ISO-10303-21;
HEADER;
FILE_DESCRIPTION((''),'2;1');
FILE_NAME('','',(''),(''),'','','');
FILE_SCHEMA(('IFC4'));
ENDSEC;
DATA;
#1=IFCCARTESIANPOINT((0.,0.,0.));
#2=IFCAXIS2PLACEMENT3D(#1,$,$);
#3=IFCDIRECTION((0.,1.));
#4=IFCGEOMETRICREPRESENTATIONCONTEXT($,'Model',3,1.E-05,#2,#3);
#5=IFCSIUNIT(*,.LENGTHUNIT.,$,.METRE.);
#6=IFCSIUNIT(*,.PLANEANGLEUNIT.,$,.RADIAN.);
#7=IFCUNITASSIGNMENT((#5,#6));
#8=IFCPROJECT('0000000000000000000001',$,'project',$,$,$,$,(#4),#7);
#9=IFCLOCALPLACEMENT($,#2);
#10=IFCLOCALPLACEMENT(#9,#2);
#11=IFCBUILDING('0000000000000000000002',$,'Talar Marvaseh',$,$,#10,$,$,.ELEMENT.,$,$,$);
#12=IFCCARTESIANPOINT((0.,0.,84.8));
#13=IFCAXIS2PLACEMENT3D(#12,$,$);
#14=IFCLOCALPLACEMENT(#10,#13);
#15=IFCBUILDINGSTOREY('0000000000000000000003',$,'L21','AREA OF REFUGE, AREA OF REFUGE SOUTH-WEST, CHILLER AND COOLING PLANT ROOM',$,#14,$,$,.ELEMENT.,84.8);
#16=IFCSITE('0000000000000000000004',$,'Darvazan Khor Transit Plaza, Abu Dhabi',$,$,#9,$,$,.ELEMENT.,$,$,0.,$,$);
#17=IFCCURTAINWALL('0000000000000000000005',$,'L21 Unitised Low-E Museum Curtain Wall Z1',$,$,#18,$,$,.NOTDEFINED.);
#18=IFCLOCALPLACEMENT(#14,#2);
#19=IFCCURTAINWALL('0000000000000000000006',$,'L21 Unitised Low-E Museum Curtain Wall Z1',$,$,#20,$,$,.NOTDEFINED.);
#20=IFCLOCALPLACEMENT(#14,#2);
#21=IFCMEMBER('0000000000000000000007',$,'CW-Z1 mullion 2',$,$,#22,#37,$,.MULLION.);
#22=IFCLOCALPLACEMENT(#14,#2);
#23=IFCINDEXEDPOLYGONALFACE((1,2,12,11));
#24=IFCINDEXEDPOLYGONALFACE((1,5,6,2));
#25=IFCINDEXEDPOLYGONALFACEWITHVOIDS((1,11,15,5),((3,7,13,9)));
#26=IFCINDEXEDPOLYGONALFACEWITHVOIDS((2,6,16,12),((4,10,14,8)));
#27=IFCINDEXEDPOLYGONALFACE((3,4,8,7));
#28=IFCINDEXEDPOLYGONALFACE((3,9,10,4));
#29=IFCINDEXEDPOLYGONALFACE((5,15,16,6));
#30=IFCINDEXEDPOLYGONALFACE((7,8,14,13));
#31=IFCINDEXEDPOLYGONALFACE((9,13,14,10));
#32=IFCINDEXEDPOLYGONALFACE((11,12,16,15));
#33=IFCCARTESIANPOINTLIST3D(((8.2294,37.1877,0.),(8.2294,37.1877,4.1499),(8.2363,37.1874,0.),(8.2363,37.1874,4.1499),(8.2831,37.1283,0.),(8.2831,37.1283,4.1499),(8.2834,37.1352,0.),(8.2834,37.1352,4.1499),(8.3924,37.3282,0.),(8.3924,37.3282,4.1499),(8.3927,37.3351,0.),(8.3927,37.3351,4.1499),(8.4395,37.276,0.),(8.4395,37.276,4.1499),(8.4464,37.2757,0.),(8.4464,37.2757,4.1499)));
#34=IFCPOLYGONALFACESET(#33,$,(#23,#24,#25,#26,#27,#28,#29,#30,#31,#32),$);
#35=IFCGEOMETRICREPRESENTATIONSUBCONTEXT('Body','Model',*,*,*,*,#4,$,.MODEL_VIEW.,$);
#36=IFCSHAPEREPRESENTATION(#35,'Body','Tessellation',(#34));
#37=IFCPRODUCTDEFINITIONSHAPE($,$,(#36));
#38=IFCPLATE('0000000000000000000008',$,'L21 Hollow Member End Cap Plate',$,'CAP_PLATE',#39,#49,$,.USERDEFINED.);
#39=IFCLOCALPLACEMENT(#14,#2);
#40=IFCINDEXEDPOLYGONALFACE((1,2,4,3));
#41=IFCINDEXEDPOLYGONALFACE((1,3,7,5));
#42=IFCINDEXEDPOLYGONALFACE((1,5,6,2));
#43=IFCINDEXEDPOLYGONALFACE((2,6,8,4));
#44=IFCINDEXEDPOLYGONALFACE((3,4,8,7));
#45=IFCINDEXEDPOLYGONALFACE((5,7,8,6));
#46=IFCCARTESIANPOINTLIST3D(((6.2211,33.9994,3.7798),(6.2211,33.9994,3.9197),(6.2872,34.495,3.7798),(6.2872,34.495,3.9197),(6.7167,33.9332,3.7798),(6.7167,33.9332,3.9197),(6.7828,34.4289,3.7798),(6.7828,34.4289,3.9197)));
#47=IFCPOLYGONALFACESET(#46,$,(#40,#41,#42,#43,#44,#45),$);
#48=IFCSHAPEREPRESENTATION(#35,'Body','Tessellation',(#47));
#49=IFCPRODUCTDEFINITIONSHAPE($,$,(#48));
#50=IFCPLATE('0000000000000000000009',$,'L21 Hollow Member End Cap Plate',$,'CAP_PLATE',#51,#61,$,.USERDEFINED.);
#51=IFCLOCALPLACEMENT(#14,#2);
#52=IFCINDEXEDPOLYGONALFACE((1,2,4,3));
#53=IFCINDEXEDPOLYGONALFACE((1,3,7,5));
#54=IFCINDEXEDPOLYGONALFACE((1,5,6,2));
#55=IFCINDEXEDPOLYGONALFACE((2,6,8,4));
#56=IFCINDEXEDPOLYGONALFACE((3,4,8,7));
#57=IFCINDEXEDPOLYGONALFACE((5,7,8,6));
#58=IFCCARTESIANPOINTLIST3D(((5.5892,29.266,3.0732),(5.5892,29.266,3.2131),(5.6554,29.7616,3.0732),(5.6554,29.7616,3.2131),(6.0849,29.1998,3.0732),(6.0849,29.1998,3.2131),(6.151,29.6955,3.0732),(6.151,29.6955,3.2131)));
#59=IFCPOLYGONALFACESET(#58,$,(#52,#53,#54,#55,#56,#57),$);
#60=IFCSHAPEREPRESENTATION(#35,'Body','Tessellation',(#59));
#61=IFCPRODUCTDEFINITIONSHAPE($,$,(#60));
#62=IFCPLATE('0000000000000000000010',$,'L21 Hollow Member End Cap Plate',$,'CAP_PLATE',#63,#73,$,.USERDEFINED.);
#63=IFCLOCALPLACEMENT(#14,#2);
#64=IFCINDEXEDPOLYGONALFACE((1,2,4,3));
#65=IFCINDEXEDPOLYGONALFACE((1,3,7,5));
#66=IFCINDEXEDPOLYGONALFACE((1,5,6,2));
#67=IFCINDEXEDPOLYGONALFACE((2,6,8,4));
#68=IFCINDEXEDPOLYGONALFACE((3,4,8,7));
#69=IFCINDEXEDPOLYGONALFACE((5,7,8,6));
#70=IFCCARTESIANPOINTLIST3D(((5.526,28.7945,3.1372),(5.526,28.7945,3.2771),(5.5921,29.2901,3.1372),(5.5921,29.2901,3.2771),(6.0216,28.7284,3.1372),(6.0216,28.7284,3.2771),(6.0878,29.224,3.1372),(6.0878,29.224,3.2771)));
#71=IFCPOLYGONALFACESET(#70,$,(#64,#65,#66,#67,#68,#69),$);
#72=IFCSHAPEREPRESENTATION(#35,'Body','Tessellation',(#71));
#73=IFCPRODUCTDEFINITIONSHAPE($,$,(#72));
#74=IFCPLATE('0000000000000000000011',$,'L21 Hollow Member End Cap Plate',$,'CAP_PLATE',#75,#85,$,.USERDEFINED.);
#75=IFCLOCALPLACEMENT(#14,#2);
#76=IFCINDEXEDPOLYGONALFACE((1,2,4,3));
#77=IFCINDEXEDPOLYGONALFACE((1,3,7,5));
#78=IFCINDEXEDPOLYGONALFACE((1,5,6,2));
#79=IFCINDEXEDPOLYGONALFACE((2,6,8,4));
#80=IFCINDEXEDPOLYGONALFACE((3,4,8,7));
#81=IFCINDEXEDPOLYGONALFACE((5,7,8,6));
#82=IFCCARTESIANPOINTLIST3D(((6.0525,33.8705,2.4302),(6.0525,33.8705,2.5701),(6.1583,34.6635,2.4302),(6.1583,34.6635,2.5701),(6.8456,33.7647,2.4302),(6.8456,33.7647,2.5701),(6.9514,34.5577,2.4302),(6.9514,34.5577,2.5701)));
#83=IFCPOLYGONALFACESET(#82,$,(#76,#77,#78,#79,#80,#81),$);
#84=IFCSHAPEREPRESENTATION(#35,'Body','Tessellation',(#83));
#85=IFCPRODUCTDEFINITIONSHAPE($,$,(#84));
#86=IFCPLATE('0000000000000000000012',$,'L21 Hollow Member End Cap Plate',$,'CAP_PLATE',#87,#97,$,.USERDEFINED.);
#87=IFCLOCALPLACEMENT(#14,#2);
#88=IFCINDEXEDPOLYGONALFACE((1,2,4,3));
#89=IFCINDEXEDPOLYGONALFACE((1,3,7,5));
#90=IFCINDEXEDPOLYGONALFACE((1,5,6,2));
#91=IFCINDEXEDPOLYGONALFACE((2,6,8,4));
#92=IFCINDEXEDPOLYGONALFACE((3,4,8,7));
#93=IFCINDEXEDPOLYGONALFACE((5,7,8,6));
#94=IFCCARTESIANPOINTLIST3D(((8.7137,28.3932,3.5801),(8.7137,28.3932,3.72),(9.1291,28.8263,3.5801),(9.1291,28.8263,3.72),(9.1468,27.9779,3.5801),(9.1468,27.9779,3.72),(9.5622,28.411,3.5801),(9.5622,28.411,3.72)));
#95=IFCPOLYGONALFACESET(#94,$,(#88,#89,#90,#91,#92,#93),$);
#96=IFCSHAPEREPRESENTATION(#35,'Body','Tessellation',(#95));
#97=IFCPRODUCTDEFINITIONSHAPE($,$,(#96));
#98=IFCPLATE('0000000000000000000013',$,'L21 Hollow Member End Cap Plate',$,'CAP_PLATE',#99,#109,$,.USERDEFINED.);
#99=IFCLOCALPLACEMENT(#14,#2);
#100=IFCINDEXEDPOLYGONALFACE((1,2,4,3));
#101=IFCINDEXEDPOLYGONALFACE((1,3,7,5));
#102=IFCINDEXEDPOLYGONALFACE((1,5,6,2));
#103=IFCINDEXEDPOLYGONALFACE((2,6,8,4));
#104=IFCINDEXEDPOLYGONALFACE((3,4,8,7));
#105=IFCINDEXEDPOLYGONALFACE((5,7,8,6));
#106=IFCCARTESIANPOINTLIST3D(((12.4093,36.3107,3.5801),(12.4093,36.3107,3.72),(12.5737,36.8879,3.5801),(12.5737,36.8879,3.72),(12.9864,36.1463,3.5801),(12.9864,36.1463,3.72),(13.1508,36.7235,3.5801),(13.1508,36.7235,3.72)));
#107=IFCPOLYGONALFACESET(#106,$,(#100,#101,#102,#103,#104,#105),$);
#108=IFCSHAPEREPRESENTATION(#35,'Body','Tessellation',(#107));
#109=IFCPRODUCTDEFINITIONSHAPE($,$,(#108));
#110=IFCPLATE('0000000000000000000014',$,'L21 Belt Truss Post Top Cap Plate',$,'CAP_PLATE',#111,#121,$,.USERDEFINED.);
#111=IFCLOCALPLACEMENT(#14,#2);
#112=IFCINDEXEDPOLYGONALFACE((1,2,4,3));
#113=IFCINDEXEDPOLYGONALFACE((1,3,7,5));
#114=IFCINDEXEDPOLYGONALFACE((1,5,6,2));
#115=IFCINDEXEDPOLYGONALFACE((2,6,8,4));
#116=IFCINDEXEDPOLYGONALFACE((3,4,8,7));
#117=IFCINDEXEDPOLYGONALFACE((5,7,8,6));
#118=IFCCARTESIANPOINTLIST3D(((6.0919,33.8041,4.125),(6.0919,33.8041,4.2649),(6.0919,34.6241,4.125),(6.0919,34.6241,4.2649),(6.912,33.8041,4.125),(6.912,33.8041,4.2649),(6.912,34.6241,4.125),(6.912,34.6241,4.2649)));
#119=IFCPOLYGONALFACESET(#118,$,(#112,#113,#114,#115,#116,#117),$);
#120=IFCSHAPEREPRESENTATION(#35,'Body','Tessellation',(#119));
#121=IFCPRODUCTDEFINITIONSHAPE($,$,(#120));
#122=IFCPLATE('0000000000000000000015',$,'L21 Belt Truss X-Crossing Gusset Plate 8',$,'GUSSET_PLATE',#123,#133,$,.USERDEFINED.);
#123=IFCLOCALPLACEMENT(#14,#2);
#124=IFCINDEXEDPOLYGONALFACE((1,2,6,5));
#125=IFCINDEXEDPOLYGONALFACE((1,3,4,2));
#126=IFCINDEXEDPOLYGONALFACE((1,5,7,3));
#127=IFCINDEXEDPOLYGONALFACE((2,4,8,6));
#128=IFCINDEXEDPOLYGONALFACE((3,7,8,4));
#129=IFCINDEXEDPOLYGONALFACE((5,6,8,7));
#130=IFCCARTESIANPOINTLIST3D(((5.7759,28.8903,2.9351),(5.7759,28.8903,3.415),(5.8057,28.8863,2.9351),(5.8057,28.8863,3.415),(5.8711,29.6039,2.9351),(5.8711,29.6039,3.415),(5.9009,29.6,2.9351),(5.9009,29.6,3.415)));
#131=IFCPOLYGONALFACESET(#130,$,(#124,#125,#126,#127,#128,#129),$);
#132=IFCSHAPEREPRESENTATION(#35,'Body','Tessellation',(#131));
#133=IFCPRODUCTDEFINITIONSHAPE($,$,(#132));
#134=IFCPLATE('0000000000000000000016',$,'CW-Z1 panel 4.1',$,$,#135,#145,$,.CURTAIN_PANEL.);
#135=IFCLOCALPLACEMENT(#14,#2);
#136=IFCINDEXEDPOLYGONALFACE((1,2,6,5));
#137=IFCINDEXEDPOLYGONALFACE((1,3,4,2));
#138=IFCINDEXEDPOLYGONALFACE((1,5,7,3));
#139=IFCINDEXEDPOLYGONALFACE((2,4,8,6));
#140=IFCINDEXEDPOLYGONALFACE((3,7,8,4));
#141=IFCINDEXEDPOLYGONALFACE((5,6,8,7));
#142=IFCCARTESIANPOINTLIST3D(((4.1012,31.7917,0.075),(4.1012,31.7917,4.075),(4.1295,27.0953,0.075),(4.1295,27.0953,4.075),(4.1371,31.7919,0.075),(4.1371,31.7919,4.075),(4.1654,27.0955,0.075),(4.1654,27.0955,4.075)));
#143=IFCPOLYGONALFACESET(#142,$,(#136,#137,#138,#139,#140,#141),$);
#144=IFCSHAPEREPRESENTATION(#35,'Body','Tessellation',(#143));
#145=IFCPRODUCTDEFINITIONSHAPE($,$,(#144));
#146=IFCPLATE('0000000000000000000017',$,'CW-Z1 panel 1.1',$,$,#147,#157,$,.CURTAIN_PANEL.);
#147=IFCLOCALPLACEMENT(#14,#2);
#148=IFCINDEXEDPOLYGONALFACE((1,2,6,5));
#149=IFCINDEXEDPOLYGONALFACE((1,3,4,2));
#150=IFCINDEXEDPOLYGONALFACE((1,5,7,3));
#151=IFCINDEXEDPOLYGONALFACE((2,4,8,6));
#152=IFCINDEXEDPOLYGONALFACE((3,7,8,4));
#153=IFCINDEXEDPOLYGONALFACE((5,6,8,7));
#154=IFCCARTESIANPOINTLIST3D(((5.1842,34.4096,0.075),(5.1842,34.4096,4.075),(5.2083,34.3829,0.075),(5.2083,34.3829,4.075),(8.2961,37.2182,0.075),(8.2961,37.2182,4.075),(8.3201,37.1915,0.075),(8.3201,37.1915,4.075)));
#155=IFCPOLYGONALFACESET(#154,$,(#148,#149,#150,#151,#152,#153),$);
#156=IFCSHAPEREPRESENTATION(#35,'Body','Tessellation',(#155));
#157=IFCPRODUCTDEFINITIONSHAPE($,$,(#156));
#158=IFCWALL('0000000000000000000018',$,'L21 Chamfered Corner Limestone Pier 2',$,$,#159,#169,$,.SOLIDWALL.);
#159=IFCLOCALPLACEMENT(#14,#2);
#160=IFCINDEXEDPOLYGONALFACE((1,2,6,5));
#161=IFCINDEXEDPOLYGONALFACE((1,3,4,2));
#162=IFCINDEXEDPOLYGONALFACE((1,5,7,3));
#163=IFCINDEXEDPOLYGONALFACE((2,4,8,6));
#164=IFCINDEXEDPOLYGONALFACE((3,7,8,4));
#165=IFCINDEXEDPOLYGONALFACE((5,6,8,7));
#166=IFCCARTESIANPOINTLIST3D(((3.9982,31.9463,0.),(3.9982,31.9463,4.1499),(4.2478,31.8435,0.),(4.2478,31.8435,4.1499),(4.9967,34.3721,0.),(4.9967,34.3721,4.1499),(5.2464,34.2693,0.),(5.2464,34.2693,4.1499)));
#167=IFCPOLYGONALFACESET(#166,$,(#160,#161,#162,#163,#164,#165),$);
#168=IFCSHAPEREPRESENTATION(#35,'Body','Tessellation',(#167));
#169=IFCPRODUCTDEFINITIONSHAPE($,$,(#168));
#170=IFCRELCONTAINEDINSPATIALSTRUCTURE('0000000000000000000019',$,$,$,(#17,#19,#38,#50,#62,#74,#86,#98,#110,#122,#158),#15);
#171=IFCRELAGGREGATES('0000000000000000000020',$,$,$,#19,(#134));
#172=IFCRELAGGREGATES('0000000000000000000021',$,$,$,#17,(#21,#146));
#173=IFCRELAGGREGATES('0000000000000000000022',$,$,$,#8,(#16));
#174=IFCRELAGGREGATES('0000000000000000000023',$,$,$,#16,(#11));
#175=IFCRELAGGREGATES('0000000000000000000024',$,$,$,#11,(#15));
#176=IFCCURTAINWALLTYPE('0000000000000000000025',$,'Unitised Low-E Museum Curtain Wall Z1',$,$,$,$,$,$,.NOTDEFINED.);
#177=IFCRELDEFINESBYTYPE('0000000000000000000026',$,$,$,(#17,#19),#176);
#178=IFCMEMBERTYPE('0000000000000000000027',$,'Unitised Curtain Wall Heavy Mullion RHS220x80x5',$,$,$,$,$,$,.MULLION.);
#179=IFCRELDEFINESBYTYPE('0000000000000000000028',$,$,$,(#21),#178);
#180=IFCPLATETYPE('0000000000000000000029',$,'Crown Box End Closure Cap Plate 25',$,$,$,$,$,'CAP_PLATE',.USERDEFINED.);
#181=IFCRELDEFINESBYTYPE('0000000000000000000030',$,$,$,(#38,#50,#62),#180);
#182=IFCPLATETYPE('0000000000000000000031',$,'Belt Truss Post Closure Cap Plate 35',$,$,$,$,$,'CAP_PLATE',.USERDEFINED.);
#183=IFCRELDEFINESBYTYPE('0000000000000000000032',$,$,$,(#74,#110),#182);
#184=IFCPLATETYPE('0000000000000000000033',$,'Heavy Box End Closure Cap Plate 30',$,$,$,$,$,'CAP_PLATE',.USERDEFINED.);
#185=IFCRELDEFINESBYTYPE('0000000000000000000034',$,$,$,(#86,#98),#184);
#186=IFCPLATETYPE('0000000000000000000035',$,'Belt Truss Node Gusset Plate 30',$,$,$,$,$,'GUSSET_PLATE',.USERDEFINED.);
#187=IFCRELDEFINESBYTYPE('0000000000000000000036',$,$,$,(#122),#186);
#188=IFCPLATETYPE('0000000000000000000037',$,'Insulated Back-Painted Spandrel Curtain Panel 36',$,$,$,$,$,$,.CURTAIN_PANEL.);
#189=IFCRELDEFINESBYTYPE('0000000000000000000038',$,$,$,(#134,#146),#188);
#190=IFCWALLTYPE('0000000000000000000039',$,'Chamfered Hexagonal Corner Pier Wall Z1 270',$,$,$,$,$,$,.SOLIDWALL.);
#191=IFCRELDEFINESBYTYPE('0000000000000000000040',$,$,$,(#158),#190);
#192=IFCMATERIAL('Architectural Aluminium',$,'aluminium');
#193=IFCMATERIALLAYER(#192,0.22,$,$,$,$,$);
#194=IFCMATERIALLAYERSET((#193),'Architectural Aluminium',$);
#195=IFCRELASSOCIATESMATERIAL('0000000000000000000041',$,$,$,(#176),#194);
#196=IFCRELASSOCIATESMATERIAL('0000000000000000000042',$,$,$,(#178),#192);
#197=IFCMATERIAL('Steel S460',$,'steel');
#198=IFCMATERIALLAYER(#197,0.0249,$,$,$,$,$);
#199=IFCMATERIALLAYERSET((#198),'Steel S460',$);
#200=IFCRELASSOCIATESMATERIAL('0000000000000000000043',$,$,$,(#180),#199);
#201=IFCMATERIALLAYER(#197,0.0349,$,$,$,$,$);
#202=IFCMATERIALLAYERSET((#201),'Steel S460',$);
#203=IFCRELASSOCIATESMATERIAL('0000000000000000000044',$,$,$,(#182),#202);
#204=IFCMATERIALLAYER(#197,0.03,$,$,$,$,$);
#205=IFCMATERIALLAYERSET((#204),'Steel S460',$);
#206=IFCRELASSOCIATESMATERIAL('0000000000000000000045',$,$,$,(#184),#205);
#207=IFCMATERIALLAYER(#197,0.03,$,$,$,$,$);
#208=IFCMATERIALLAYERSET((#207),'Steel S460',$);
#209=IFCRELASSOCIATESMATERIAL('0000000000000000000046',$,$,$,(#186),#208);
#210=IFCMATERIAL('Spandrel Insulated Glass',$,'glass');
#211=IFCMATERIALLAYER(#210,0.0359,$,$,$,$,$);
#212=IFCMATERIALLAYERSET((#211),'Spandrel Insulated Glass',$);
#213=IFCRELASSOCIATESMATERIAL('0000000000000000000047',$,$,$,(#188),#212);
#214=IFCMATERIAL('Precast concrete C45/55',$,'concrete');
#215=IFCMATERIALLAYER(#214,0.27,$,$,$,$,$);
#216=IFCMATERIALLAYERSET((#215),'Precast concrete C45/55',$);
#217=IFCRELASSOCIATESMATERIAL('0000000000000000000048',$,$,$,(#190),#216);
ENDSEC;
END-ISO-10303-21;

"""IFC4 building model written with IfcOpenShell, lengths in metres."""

from ifc_helpers import new_model, si_unit, direction, frame, frame_2d, origin, origin_2d, place, context, subcontext, project, spatial, rectangle, hollow_rectangle, extrude, source, transform, mapped, material, layer, layer_set, material_profile, profile_set, type_object, type_shapes, element, aggregate, save


model = new_model("IFC4")

# Units and contexts
model_context = context("Model", 3, precision=1e-05, world=origin(), true_north=direction((0.0, 1.0)))
body_context = subcontext(model_context, "Body", "Model", "MODEL_VIEW")
ifc_project = project(units=[si_unit("LENGTHUNIT", "METRE"), si_unit("PLANEANGLEUNIT", "RADIAN")], contexts=[model_context])

# Site, building, storey
site_placement = place(None, origin())
site = spatial("IfcSite", under=ifc_project, at=site_placement, Name="Darvazan Khor Transit Plaza, Abu Dhabi", CompositionType="ELEMENT", RefElevation=0.0)
building_placement = place(site_placement, origin())
building = spatial("IfcBuilding", under=site, at=building_placement, Name="Talar Marvaseh", CompositionType="ELEMENT")
storey_placement = place(building_placement, frame((0.0, 0.0, 84.8)))
storey = spatial("IfcBuildingStorey", under=building, at=storey_placement, Name="L21", Description="AREA OF REFUGE, AREA OF REFUGE SOUTH-WEST, CHILLER AND COOLING PLANT ROOM", CompositionType="ELEMENT", Elevation=84.8)

# Shared definitions
ifc_material_1 = material(Name="Steel S460", Category="steel")

# Curtain wall
ifc_material_2 = material(Name="Architectural Aluminium", Category="aluminium")
ifc_layer_1 = layer(ifc_material_2, 0.22)
ifc_layer_set_1 = layer_set([ifc_layer_1], Name="Architectural Aluminium")
curtain_wall_type = type_object("IfcCurtainWallType", Name="Unitised Low-E Museum Curtain Wall Z1", PredefinedType="NOTDEFINED", material=ifc_layer_set_1)
curtain_wall_1_placement = place(storey_placement, origin())
curtain_wall_1 = element("IfcCurtainWall", 1, at=curtain_wall_1_placement, inside=storey, type_object=curtain_wall_type, Name="L21 Unitised Low-E Museum Curtain Wall Z1", PredefinedType="NOTDEFINED")

# Curtain wall
curtain_wall_2_placement = place(storey_placement, origin())
curtain_wall_2 = element("IfcCurtainWall", 2, at=curtain_wall_2_placement, inside=storey, type_object=curtain_wall_type, Name="L21 Unitised Low-E Museum Curtain Wall Z1", PredefinedType="NOTDEFINED")
ifc_material_profile_1 = material_profile(ifc_material_2, hollow_rectangle(XDim=0.0801, YDim=0.22, WallThickness=0.0049, at=origin_2d()), Name="RHS220x80x5")
ifc_profile_set_1 = profile_set([ifc_material_profile_1], Name="Architectural Aluminium")
member_type_1 = type_object("IfcMemberType", Name="Unitised Curtain Wall Heavy Mullion RHS220x80x5", PredefinedType="MULLION", material=ifc_profile_set_1)
shared_shape_1 = source(origin(), body_context, "Body", "SweptSolid", [
    extrude(hollow_rectangle(XDim=0.0801, YDim=0.22, WallThickness=0.0049, at=origin_2d()), origin(), (0.0, 0.0, 1.0), 4.1499),
])
type_shapes(member_type_1, [shared_shape_1])

# Member
member_1_placement = place(storey_placement, frame((8.3379, 37.2317, 0.0), z_axis=(0.0, 0.0, 1.0), x_axis=(-0.670011, 0.742351, 0.0)))
member_1 = element("IfcMember", 3, at=member_1_placement, type_object=member_type_1, Name="CW-Z1 mullion 2", PredefinedType="MULLION", context=body_context, shape_type="MappedRepresentation", body=[
    mapped(shared_shape_1, transform((0.0, 0.0, 0.0), x_axis=(1.0, 0.0, 0.0), y_axis=(0.0, 1.0, 0.0), z_axis=(0.0, 0.0, 1.0), scale=1.0)),
])

# Plates
ifc_layer_2 = layer(ifc_material_1, 0.0249)
ifc_layer_set_2 = layer_set([ifc_layer_2], Name="Steel S460")
plate_type_1 = type_object("IfcPlateType", Name="Crown Box End Closure Cap Plate 25", ElementType="CAP_PLATE", PredefinedType="USERDEFINED", material=ifc_layer_set_2)
shared_shape_2 = source(origin(), body_context, "Body", "SweptSolid", [
    extrude(rectangle(XDim=0.5, YDim=0.5, at=origin_2d()), origin(), (0.0, 0.0, 1.0), 0.1399),
])
type_shapes(plate_type_1, [shared_shape_2])
for number, where, z_axis, x_axis, name in (
    (4, (6.502, 34.2141, 3.7798), (0.0, 0.0, 1.0), (0.132256, 0.991216, 0.0), "L21 Hollow Member End Cap Plate"),
    (5, (5.8701, 29.4807, 3.0732), (0.0, 0.0, 1.0), (-0.132256, -0.991216, 0.0), "L21 Hollow Member End Cap Plate"),
    (6, (5.8069, 29.0093, 3.1372), (0.0, 0.0, 1.0), (-0.132256, -0.991216, 0.0), "L21 Hollow Member End Cap Plate"),
):
    element("IfcPlate", number, at=place(storey_placement, frame(where, z_axis=z_axis, x_axis=x_axis)), inside=storey, type_object=plate_type_1, Name=name, ObjectType="CAP_PLATE", PredefinedType="USERDEFINED", context=body_context, shape_type="MappedRepresentation", body=[
        mapped(shared_shape_2, transform((0.0, 0.0, 0.0), x_axis=(1.0, 0.0, 0.0), y_axis=(0.0, 1.0, 0.0), z_axis=(0.0, 0.0, 1.0), scale=1.0)),
    ])
ifc_layer_3 = layer(ifc_material_1, 0.0349)
ifc_layer_set_3 = layer_set([ifc_layer_3], Name="Steel S460")
plate_type_2 = type_object("IfcPlateType", Name="Belt Truss Post Closure Cap Plate 35", ElementType="CAP_PLATE", PredefinedType="USERDEFINED", material=ifc_layer_set_3)
shared_shape_3 = source(origin(), body_context, "Body", "SweptSolid", [
    extrude(rectangle(XDim=0.8, YDim=0.8, at=origin_2d()), origin(), (0.0, 0.0, 1.0), 0.1399),
])
plate_1_placement = place(storey_placement, frame((6.502, 34.2141, 2.4302), z_axis=(0.0, 0.0, 1.0), x_axis=(0.132256, 0.991216, 0.0)))
element("IfcPlate", 7, at=plate_1_placement, inside=storey, type_object=plate_type_2, Name="L21 Hollow Member End Cap Plate", ObjectType="CAP_PLATE", PredefinedType="USERDEFINED", context=body_context, shape_type="MappedRepresentation", body=[
    mapped(shared_shape_3, transform((0.0, 0.0, 0.0), x_axis=(1.0, 0.0, 0.0), y_axis=(0.0, 1.0, 0.0), z_axis=(0.0, 0.0, 1.0), scale=1.0)),
])
ifc_layer_4 = layer(ifc_material_1, 0.03)
ifc_layer_set_4 = layer_set([ifc_layer_4], Name="Steel S460")
plate_type_3 = type_object("IfcPlateType", Name="Heavy Box End Closure Cap Plate 30", ElementType="CAP_PLATE", PredefinedType="USERDEFINED", material=ifc_layer_set_4)
shared_shape_4 = source(origin(), body_context, "Body", "SweptSolid", [
    extrude(rectangle(XDim=0.6001, YDim=0.6001, at=origin_2d()), origin(), (0.0, 0.0, 1.0), 0.1399),
])
type_shapes(plate_type_3, [shared_shape_4])
for number, where, z_axis, x_axis, name in (
    (8, (9.1379, 28.4021, 3.5801), (0.0, 0.0, 1.0), (0.692143, 0.72176, 0.0), "L21 Hollow Member End Cap Plate"),
    (9, (12.78, 36.5171, 3.5801), (0.0, 0.0, 1.0), (-0.273959, -0.961741, 0.0), "L21 Hollow Member End Cap Plate"),
):
    element("IfcPlate", number, at=place(storey_placement, frame(where, z_axis=z_axis, x_axis=x_axis)), inside=storey, type_object=plate_type_3, Name=name, ObjectType="CAP_PLATE", PredefinedType="USERDEFINED", context=body_context, shape_type="MappedRepresentation", body=[
        mapped(shared_shape_4, transform((0.0, 0.0, 0.0), x_axis=(1.0, 0.0, 0.0), y_axis=(0.0, 1.0, 0.0), z_axis=(0.0, 0.0, 1.0), scale=1.0)),
    ])
shared_shape_5 = source(origin(), body_context, "Body", "SweptSolid", [
    extrude(rectangle(XDim=0.8201, YDim=0.8201, at=origin_2d()), origin(), (0.0, 0.0, 1.0), 0.1399),
])
type_shapes(plate_type_2, [shared_shape_3, shared_shape_5])
plate_2_placement = place(storey_placement, frame((6.502, 34.2141, 4.125), z_axis=(0.0, 0.0, 1.0), x_axis=(1.0, 0.0, 0.0)))
element("IfcPlate", 10, at=plate_2_placement, inside=storey, type_object=plate_type_2, Name="L21 Belt Truss Post Top Cap Plate", ObjectType="CAP_PLATE", PredefinedType="USERDEFINED", context=body_context, shape_type="MappedRepresentation", body=[
    mapped(shared_shape_5, transform((0.0, 0.0, 0.0), x_axis=(1.0, 0.0, 0.0), y_axis=(0.0, 1.0, 0.0), z_axis=(0.0, 0.0, 1.0), scale=1.0)),
])
ifc_layer_5 = layer(ifc_material_1, 0.03)
ifc_layer_set_5 = layer_set([ifc_layer_5], Name="Steel S460")
plate_type_4 = type_object("IfcPlateType", Name="Belt Truss Node Gusset Plate 30", ElementType="GUSSET_PLATE", PredefinedType="USERDEFINED", material=ifc_layer_set_5)
shared_shape_6 = source(origin(), body_context, "Body", "SweptSolid", [
    extrude(rectangle(XDim=0.72, YDim=0.03, at=origin_2d()), origin(), (0.0, 0.0, 1.0), 0.48),
])
type_shapes(plate_type_4, [shared_shape_6])
plate_3_placement = place(storey_placement, frame((5.8384, 29.2451, 2.9351), z_axis=(0.0, 0.0, 1.0), x_axis=(0.132256, 0.991216, 0.0)))
element("IfcPlate", 11, at=plate_3_placement, inside=storey, type_object=plate_type_4, Name="L21 Belt Truss X-Crossing Gusset Plate 8", ObjectType="GUSSET_PLATE", PredefinedType="USERDEFINED", context=body_context, shape_type="MappedRepresentation", body=[
    mapped(shared_shape_6, transform((0.0, 0.0, 0.0), x_axis=(1.0, 0.0, 0.0), y_axis=(0.0, 1.0, 0.0), z_axis=(0.0, 0.0, 1.0), scale=1.0)),
])

# Plates
ifc_material_3 = material(Name="Spandrel Insulated Glass", Category="glass")
ifc_layer_6 = layer(ifc_material_3, 0.0359)
ifc_layer_set_6 = layer_set([ifc_layer_6], Name="Spandrel Insulated Glass")
plate_type_5 = type_object("IfcPlateType", Name="Insulated Back-Painted Spandrel Curtain Panel 36", PredefinedType="CURTAIN_PANEL", material=ifc_layer_set_6)
shared_shape_7 = source(origin(), body_context, "Body", "SweptSolid", [
    extrude(rectangle(XDim=4.6965, YDim=0.0359, at=origin_2d()), origin(), (0.0, 0.0, 1.0), 4.0),
])
plate_4_placement = place(storey_placement, frame((4.1333, 29.4436, 0.075), z_axis=(0.0, 0.0, 1.0), x_axis=(-0.006042, 0.999982, 0.0)))
plate_4 = element("IfcPlate", 12, at=plate_4_placement, type_object=plate_type_5, Name="CW-Z1 panel 4.1", PredefinedType="CURTAIN_PANEL", context=body_context, shape_type="MappedRepresentation", body=[
    mapped(shared_shape_7, transform((0.0, 0.0, 0.0), x_axis=(1.0, 0.0, 0.0), y_axis=(0.0, 1.0, 0.0), z_axis=(0.0, 0.0, 1.0), scale=1.0)),
])
aggregate(curtain_wall_2, [plate_4])
shared_shape_8 = source(origin(), body_context, "Body", "SweptSolid", [
    extrude(rectangle(XDim=4.1919, YDim=0.0359, at=origin_2d()), origin(), (0.0, 0.0, 1.0), 4.0),
])
type_shapes(plate_type_5, [shared_shape_7, shared_shape_8])
plate_5_placement = place(storey_placement, frame((6.7522, 35.8005, 0.075), z_axis=(0.0, 0.0, 1.0), x_axis=(0.742351, 0.670011, 0.0)))
plate_5 = element("IfcPlate", 13, at=plate_5_placement, type_object=plate_type_5, Name="CW-Z1 panel 1.1", PredefinedType="CURTAIN_PANEL", context=body_context, shape_type="MappedRepresentation", body=[
    mapped(shared_shape_8, transform((0.0, 0.0, 0.0), x_axis=(1.0, 0.0, 0.0), y_axis=(0.0, 1.0, 0.0), z_axis=(0.0, 0.0, 1.0), scale=1.0)),
])
aggregate(curtain_wall_1, [member_1, plate_5])

# Wall
ifc_material_4 = material(Name="Precast concrete C45/55", Category="concrete")
ifc_layer_7 = layer(ifc_material_4, 0.27)
ifc_layer_set_7 = layer_set([ifc_layer_7], Name="Precast concrete C45/55")
wall_type_1 = type_object("IfcWallType", Name="Chamfered Hexagonal Corner Pier Wall Z1 270", PredefinedType="SOLIDWALL", material=ifc_layer_set_7)
wall_1_placement = place(storey_placement, frame((4.123, 31.895, 0.0), z_axis=(0.0, 0.0, 1.0), x_axis=(0.380647, 0.92472, 0.0)))
element("IfcWall", 14, at=wall_1_placement, inside=storey, type_object=wall_type_1, Name="L21 Chamfered Corner Limestone Pier 2", PredefinedType="SOLIDWALL", context=body_context, shape_type="SweptSolid", body=[
    extrude(rectangle(XDim=2.6233, YDim=0.27, at=frame_2d((1.3115, 0.0))), origin(), (0.0, 0.0, 1.0), 4.1499),
])

save(model, "model.ifc")
